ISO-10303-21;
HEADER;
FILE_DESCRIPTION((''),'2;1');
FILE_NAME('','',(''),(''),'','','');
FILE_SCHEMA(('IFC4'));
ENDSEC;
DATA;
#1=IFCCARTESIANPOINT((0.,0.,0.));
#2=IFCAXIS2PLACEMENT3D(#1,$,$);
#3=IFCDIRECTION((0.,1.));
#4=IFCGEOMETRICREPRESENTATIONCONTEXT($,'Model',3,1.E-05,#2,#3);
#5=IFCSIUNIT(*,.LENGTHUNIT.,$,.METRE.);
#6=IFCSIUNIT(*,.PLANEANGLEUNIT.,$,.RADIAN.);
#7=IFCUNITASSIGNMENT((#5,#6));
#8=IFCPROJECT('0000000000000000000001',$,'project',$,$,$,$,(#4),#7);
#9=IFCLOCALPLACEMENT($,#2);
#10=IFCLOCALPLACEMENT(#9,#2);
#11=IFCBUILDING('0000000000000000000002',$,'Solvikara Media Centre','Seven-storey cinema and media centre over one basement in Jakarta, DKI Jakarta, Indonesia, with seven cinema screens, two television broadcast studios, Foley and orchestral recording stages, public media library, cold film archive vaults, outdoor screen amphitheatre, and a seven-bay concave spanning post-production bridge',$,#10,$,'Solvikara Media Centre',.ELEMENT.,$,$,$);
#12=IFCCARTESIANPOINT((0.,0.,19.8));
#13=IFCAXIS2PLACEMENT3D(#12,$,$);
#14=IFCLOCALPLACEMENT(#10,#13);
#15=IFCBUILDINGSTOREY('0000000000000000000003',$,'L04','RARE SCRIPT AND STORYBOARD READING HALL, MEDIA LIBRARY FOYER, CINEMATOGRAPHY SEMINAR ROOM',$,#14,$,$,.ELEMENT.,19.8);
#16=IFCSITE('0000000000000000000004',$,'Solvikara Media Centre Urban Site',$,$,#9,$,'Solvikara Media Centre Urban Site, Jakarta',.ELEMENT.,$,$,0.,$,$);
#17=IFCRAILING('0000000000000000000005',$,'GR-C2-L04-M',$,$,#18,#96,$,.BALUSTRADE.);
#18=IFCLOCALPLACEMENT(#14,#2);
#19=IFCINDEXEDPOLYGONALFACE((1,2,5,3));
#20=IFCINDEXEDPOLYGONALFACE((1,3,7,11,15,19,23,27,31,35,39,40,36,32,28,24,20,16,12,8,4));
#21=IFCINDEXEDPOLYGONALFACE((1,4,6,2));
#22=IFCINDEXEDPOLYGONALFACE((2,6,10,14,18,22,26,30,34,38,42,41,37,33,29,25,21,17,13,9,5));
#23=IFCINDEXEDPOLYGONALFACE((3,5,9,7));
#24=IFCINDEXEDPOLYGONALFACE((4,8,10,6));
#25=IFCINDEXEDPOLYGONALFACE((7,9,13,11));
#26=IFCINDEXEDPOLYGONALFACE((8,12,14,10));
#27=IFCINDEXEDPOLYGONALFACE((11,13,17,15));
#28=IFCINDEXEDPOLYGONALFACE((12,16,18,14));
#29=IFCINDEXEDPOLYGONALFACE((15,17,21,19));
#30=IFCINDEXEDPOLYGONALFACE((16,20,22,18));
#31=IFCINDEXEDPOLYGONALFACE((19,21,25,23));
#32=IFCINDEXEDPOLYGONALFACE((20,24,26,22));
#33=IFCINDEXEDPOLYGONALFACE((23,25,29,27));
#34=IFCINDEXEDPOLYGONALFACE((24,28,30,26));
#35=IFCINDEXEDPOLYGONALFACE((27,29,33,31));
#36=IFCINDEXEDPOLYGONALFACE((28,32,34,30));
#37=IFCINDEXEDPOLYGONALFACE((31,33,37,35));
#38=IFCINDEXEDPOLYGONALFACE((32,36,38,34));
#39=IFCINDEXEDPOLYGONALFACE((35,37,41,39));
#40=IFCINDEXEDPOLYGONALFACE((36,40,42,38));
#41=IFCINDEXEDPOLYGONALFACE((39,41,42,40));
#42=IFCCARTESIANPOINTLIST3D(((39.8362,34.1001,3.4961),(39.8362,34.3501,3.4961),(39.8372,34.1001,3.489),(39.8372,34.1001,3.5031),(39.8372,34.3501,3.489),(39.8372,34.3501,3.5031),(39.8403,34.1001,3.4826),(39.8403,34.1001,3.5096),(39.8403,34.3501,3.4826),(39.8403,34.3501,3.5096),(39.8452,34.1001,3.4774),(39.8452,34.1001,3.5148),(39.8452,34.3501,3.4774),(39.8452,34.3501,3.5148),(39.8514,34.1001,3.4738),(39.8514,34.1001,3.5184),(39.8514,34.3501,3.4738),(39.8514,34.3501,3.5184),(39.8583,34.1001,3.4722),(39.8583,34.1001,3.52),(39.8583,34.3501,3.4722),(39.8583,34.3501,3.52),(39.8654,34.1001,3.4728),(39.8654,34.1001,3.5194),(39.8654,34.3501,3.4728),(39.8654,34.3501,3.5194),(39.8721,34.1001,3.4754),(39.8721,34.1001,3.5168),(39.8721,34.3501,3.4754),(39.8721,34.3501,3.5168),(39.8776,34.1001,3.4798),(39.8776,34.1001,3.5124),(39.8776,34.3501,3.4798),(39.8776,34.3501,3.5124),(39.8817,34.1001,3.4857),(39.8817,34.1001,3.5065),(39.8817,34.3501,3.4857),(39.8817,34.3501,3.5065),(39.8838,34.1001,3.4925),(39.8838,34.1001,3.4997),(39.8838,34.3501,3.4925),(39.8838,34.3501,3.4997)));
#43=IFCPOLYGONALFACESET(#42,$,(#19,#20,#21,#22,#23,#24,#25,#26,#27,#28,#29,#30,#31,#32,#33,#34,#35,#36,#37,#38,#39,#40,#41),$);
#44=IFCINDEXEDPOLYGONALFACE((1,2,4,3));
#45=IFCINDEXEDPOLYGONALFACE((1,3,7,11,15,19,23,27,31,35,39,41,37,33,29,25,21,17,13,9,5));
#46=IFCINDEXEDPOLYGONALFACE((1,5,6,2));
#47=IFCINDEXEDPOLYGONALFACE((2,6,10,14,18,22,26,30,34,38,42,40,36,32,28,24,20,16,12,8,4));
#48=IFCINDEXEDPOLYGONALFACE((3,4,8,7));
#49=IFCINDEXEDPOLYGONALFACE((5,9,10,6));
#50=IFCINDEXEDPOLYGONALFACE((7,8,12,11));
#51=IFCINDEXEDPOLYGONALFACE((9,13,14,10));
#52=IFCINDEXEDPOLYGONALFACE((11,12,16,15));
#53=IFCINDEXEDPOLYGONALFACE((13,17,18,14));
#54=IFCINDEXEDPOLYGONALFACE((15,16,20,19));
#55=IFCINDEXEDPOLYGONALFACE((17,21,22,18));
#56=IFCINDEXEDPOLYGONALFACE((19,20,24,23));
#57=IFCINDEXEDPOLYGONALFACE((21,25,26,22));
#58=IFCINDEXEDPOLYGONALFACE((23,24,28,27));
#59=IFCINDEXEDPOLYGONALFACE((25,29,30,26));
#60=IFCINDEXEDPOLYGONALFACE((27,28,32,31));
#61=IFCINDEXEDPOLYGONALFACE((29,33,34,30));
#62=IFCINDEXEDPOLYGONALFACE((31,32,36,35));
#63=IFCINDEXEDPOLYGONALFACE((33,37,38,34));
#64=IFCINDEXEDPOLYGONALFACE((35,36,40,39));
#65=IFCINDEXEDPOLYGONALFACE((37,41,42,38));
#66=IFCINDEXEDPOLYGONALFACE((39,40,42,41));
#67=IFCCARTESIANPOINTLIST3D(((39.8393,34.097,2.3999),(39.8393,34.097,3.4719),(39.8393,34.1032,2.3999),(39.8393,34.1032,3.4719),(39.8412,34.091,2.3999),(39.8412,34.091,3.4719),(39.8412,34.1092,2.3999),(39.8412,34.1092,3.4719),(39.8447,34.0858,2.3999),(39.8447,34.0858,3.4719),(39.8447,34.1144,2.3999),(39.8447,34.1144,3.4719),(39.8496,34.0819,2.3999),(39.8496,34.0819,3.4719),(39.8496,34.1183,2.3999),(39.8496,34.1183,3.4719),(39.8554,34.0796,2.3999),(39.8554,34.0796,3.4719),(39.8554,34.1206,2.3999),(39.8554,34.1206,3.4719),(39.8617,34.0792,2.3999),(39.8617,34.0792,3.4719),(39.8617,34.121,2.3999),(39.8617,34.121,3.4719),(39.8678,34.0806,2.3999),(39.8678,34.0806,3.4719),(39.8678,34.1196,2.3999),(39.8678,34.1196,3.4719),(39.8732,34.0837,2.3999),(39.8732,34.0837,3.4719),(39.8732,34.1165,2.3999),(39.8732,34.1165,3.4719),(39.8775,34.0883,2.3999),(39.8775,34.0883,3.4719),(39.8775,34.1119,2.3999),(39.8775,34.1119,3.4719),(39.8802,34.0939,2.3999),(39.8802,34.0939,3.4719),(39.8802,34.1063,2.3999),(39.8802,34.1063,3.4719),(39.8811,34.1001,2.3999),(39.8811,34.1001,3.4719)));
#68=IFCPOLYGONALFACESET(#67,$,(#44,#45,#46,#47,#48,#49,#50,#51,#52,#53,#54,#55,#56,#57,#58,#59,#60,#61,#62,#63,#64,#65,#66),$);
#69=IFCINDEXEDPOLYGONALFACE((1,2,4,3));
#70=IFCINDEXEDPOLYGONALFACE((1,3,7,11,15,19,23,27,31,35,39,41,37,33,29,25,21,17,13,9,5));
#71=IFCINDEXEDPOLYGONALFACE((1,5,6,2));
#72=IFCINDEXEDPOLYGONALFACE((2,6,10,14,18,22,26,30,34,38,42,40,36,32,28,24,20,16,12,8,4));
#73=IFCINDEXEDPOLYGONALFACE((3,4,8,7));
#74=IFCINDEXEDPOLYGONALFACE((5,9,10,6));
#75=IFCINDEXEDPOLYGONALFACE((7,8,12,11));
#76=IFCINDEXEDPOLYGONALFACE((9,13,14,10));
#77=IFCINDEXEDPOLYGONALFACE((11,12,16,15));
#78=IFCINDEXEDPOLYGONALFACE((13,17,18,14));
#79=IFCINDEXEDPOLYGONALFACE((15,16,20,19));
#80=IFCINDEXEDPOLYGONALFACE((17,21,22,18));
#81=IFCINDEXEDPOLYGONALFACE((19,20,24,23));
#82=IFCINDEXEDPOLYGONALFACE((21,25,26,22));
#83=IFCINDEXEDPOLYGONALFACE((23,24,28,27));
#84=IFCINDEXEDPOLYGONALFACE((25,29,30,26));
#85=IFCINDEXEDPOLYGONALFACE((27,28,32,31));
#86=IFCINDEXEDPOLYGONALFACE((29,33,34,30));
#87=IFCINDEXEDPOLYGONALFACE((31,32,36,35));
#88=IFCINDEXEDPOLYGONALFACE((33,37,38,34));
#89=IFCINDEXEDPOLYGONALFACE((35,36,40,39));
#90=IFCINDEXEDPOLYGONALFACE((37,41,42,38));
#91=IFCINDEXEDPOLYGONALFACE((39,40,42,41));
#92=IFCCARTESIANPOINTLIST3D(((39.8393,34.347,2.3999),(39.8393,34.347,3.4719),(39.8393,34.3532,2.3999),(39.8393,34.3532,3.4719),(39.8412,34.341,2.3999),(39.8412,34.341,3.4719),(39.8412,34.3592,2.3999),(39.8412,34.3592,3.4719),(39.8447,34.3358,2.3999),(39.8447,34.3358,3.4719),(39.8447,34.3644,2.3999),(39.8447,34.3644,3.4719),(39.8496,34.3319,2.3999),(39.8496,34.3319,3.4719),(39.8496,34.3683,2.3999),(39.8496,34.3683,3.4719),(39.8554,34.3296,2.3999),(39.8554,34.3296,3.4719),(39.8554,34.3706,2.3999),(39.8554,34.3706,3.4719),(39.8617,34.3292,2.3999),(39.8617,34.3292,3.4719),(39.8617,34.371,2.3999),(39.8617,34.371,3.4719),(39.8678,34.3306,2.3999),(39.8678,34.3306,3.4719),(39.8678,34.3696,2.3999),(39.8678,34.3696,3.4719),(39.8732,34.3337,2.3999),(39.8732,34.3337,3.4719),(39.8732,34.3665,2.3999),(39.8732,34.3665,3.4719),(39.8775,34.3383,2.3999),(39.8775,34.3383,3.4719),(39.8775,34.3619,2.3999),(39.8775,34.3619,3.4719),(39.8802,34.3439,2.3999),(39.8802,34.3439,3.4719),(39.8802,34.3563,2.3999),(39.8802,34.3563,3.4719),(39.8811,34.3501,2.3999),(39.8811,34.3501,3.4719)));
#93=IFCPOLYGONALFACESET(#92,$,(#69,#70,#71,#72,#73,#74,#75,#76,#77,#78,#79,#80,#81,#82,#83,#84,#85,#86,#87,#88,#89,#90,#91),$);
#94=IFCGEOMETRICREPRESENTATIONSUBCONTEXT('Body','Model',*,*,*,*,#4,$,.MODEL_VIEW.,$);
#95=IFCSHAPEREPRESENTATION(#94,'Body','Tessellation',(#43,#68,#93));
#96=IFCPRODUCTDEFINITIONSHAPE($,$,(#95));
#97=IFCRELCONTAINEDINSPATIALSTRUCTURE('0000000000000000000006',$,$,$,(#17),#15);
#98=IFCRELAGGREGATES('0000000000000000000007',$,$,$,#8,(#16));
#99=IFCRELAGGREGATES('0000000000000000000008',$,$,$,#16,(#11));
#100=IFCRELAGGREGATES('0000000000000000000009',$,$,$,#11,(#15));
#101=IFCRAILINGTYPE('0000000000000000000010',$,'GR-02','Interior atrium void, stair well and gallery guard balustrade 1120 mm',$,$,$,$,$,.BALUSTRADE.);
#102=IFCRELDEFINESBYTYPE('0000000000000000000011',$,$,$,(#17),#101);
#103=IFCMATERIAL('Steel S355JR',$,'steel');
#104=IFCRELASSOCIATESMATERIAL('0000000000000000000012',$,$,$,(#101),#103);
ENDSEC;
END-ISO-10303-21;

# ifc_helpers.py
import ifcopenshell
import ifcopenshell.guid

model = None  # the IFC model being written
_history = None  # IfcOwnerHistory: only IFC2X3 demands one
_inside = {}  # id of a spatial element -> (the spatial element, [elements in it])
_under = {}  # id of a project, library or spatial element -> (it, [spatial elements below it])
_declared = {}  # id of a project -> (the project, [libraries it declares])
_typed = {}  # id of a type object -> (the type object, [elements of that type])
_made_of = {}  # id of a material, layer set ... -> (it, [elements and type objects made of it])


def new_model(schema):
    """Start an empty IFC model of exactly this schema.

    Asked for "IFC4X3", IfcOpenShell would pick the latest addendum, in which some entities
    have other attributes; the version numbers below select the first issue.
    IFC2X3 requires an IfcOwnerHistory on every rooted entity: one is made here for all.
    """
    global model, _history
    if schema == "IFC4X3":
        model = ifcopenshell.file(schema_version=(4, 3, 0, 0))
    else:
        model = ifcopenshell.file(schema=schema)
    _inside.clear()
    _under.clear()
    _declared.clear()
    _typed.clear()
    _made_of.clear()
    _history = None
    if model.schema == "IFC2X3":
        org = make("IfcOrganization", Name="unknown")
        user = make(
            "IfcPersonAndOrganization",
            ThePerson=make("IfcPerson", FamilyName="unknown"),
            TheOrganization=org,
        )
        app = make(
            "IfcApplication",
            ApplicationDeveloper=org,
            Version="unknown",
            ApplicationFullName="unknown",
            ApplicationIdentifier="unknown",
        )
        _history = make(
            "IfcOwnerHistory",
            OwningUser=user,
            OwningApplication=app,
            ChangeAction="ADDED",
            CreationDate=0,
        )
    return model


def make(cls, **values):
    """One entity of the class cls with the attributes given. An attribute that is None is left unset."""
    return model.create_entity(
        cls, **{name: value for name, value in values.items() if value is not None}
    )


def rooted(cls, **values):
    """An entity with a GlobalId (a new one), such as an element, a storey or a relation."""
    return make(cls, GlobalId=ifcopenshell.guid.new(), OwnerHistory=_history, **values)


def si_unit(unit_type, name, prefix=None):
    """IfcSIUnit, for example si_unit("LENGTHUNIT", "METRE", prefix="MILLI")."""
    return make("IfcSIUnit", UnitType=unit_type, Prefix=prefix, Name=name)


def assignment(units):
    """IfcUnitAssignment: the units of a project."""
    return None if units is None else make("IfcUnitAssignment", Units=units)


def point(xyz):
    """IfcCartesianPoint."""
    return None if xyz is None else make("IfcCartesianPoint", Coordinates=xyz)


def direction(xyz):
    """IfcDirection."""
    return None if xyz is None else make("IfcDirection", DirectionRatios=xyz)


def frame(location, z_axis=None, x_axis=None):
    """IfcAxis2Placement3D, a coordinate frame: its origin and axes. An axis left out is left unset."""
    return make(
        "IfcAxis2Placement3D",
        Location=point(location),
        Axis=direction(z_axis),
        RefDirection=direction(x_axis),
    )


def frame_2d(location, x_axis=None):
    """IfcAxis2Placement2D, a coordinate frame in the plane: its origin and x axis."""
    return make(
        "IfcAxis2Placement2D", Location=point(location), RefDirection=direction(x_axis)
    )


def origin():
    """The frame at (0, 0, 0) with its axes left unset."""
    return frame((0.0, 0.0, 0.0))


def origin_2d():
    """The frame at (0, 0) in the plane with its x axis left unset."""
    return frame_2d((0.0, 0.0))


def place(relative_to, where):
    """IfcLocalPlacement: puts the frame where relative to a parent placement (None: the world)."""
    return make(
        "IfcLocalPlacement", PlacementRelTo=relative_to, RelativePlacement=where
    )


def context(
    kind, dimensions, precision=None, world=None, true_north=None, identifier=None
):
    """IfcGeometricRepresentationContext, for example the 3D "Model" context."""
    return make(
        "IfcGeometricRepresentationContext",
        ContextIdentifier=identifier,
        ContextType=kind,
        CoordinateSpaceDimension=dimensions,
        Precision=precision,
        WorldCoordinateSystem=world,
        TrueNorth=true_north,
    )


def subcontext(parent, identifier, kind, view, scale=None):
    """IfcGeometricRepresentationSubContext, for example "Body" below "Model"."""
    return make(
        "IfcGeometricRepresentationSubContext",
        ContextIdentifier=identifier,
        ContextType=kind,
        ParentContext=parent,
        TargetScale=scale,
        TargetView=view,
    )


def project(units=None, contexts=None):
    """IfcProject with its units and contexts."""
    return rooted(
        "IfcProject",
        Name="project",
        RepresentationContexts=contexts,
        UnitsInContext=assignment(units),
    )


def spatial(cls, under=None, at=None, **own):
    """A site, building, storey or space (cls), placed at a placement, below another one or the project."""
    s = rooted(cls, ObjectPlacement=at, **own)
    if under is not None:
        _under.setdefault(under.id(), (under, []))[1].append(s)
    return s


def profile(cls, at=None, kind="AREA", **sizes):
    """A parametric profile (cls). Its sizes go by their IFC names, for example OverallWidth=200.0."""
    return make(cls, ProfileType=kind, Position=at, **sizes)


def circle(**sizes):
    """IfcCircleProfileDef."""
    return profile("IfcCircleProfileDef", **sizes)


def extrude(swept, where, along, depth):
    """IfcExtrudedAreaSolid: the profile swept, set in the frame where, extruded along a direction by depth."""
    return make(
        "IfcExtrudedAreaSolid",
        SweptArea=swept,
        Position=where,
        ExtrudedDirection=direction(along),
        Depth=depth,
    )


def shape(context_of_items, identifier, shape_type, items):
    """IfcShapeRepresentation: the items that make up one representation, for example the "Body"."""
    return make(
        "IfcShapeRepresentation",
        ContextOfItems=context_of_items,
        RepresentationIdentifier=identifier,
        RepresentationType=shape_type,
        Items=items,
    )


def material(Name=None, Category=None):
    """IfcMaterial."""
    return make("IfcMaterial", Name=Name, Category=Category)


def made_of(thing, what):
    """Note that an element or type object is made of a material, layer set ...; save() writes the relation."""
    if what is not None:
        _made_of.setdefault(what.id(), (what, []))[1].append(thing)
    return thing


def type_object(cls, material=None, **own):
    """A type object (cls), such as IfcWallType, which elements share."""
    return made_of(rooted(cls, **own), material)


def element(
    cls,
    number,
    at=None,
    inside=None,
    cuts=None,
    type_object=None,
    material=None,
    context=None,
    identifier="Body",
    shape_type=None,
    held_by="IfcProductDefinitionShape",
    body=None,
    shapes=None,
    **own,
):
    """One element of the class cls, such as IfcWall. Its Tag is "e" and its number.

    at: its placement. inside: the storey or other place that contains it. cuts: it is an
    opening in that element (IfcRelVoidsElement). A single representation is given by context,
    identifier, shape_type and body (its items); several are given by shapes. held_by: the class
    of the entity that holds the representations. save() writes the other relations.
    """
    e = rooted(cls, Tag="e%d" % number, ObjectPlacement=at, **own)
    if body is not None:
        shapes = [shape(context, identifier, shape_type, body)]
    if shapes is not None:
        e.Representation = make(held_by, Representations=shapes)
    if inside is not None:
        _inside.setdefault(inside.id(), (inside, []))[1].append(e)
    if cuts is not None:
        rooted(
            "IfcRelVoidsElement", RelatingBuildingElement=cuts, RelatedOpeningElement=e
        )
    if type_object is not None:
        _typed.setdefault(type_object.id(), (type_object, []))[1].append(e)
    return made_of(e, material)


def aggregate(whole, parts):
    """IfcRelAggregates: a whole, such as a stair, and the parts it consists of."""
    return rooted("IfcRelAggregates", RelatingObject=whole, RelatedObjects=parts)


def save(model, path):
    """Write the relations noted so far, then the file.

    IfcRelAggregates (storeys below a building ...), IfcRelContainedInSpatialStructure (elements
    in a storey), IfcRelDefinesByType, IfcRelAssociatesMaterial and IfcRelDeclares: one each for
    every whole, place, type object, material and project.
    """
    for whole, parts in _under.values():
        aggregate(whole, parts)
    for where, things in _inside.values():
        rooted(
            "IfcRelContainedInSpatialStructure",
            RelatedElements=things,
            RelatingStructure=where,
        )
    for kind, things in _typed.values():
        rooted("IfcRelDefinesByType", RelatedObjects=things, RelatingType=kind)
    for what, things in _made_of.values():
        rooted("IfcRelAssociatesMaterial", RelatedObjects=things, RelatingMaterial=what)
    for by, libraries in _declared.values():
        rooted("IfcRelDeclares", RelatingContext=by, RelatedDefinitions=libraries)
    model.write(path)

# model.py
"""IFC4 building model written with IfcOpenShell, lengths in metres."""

from ifc_helpers import new_model, si_unit, direction, frame, origin, origin_2d, place, context, subcontext, project, spatial, circle, extrude, material, type_object, element, save


model = new_model("IFC4")

# Units and contexts
model_context = context("Model", 3, precision=1e-05, world=origin(), true_north=direction((0.0, 1.0)))
body_context = subcontext(model_context, "Body", "Model", "MODEL_VIEW")
ifc_project = project(units=[si_unit("LENGTHUNIT", "METRE"), si_unit("PLANEANGLEUNIT", "RADIAN")], contexts=[model_context])

# Site, building, storey
site_placement = place(None, origin())
site = spatial("IfcSite", under=ifc_project, at=site_placement, Name="Solvikara Media Centre Urban Site", LongName="Solvikara Media Centre Urban Site, Jakarta", CompositionType="ELEMENT", RefElevation=0.0)
building_placement = place(site_placement, origin())
building = spatial("IfcBuilding", under=site, at=building_placement, Name="Solvikara Media Centre", Description="Seven-storey cinema and media centre over one basement in Jakarta, DKI Jakarta, Indonesia, with seven cinema screens, two television broadcast studios, Foley and orchestral recording stages, public media library, cold film archive vaults, outdoor screen amphitheatre, and a seven-bay concave spanning post-production bridge", LongName="Solvikara Media Centre", CompositionType="ELEMENT")
storey_placement = place(building_placement, frame((0.0, 0.0, 19.8)))
storey = spatial("IfcBuildingStorey", under=building, at=storey_placement, Name="L04", Description="RARE SCRIPT AND STORYBOARD READING HALL, MEDIA LIBRARY FOYER, CINEMATOGRAPHY SEMINAR ROOM", CompositionType="ELEMENT", Elevation=19.8)

# Shared definitions
ifc_material_1 = material(Name="Steel S355JR", Category="steel")

# Railing
railing_type_1 = type_object("IfcRailingType", Name="GR-02", Description="Interior atrium void, stair well and gallery guard balustrade 1120 mm", PredefinedType="BALUSTRADE", material=ifc_material_1)
railing_1_placement = place(storey_placement, frame((39.8601, 34.1001, 2.3999)))
element("IfcRailing", 1, at=railing_1_placement, inside=storey, type_object=railing_type_1, Name="GR-C2-L04-M", PredefinedType="BALUSTRADE", context=body_context, shape_type="SweptSolid", body=[
    extrude(circle(Radius=0.0239, at=origin_2d()), frame((0.0, 0.0, 1.0962), z_axis=(0.0, 1.0, 0.0), x_axis=(-1.0, 0.0, 0.0)), (0.0, 0.0, 1.0), 0.25),
    extrude(circle(Radius=0.021, at=origin_2d()), origin(), (0.0, 0.0, 1.0), 1.072),
    extrude(circle(Radius=0.021, at=origin_2d()), frame((0.0, 0.25, 0.0)), (0.0, 0.0, 1.0), 1.072),
])

save(model, "model.ifc")
